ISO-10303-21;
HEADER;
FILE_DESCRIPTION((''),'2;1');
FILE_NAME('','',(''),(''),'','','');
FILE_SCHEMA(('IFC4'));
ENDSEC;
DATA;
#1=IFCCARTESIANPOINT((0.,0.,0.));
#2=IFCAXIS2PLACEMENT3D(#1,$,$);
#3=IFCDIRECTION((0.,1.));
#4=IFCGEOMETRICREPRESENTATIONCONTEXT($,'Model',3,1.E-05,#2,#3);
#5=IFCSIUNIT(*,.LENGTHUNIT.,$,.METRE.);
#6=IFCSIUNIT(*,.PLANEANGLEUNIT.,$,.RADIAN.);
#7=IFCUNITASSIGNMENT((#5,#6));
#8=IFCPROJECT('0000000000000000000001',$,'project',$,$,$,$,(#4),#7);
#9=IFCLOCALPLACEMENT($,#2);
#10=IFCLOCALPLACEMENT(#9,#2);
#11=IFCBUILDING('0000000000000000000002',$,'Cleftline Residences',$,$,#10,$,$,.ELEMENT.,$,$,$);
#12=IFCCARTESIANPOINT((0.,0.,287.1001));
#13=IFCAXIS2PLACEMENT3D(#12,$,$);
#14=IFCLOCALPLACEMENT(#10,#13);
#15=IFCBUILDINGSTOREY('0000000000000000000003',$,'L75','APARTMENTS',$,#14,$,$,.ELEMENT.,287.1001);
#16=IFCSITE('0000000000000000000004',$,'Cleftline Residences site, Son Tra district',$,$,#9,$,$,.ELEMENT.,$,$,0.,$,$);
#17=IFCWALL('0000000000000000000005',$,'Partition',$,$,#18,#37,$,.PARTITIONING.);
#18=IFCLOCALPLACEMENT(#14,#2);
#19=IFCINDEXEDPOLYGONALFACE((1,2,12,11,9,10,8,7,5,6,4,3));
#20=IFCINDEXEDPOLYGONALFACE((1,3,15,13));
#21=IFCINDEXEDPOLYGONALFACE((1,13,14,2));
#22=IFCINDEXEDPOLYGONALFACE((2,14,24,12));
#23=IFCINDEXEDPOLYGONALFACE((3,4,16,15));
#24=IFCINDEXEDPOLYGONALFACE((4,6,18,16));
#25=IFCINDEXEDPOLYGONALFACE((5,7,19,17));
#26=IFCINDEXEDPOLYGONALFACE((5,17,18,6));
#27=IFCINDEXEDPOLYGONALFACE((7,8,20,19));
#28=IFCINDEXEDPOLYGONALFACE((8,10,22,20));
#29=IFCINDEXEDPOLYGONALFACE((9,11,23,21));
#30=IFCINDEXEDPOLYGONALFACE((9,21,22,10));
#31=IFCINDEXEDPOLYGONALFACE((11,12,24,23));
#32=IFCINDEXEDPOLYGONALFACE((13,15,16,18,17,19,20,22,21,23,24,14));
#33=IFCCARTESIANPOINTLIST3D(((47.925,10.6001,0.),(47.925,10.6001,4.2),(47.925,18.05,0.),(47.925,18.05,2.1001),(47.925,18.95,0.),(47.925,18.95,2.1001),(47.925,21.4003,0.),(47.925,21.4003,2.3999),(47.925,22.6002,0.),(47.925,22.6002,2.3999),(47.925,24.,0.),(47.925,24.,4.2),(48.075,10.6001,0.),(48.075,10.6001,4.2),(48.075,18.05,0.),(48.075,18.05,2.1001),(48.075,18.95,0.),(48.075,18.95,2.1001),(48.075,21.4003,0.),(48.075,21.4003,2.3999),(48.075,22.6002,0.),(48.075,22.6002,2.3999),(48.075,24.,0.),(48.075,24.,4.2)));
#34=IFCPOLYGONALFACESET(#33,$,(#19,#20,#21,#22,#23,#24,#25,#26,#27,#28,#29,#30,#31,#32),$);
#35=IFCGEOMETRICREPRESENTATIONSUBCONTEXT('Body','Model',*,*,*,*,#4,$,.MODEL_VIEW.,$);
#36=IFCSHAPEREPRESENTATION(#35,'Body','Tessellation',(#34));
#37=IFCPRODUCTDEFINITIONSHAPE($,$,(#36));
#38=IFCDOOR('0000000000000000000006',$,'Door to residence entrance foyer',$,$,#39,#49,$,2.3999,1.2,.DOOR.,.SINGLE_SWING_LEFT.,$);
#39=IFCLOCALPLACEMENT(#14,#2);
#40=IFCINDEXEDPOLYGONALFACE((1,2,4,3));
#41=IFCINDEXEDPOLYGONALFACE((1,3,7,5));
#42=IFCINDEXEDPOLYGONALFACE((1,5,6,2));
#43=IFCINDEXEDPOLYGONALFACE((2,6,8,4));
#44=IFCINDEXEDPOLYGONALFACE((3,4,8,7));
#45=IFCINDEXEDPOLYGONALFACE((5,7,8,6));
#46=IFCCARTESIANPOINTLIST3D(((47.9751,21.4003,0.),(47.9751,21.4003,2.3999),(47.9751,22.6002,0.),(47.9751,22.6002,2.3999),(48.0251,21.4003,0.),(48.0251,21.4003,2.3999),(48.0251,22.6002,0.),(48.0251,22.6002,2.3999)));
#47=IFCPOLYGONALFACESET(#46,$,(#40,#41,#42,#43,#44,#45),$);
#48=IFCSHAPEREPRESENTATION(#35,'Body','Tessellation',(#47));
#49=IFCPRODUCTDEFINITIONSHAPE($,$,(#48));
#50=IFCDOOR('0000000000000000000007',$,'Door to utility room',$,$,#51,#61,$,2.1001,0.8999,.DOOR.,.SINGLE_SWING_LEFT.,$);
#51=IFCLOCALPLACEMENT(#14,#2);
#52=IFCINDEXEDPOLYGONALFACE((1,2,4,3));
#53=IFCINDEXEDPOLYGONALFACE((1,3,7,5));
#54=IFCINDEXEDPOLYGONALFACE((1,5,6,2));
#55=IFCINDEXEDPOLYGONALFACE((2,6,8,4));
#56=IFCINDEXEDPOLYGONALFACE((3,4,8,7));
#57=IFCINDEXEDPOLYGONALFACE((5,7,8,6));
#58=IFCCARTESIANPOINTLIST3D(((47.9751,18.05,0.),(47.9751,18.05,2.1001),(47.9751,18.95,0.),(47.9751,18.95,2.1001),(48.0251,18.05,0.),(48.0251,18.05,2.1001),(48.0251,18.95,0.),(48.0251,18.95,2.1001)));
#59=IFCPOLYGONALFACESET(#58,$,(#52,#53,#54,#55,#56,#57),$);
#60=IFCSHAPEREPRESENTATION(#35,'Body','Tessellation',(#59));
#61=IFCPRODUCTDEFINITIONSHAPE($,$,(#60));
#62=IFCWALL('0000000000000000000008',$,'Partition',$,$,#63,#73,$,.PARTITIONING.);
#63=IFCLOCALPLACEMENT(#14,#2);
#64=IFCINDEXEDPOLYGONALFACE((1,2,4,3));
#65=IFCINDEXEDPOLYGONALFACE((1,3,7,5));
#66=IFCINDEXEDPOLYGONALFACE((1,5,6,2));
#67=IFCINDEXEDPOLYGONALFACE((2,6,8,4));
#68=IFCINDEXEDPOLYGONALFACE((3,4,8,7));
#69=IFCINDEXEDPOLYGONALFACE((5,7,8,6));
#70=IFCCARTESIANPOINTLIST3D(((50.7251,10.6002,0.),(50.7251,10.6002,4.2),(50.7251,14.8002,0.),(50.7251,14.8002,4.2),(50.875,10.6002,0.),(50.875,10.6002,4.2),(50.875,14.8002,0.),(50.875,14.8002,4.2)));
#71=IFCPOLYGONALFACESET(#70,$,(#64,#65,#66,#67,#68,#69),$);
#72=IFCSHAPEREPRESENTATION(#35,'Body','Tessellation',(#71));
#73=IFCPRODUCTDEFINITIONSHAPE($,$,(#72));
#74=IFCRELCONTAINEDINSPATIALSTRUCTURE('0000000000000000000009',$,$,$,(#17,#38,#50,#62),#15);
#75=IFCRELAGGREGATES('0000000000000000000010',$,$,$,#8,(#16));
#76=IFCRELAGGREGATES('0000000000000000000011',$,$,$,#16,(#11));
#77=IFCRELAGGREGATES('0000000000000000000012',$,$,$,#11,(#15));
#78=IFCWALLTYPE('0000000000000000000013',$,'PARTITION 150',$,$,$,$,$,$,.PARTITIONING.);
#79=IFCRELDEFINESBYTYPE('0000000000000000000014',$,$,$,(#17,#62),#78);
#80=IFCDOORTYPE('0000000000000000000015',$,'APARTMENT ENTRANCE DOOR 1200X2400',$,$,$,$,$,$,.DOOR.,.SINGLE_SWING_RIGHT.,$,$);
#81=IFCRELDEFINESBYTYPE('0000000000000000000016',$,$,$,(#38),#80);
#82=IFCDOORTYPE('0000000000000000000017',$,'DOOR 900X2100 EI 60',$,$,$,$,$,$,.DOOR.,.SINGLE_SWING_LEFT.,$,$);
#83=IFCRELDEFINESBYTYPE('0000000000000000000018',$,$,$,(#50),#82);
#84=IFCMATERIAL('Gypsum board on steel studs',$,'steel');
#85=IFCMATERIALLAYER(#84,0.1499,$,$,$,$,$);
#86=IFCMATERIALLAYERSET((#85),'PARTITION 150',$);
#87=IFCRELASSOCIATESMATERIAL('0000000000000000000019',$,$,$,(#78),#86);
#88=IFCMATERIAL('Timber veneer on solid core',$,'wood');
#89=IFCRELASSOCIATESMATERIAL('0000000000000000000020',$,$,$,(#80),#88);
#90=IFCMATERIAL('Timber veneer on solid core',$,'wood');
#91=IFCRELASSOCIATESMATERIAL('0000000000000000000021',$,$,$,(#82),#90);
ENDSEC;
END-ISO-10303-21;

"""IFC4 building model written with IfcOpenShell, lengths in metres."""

from ifc_helpers import new_model, si_unit, direction, frame, frame_2d, origin, place, context, subcontext, project, spatial, rectangle, extrude, material, layer, layer_set, type_object, element, fill, save


model = new_model("IFC4")

# Units and contexts
model_context = context("Model", 3, precision=1e-05, world=origin(), true_north=direction((0.0, 1.0)))
body_context = subcontext(model_context, "Body", "Model", "MODEL_VIEW")
ifc_project = project(units=[si_unit("LENGTHUNIT", "METRE"), si_unit("PLANEANGLEUNIT", "RADIAN")], contexts=[model_context])

# Site, building, storey
site_placement = place(None, origin())
site = spatial("IfcSite", under=ifc_project, at=site_placement, Name="Cleftline Residences site, Son Tra district", CompositionType="ELEMENT", RefElevation=0.0)
building_placement = place(site_placement, origin())
building = spatial("IfcBuilding", under=site, at=building_placement, Name="Cleftline Residences", CompositionType="ELEMENT")
storey_placement = place(building_placement, frame((0.0, 0.0, 287.1001)))
storey = spatial("IfcBuildingStorey", under=building, at=storey_placement, Name="L75", Description="APARTMENTS", CompositionType="ELEMENT", Elevation=287.1001)

# Shared definitions
ifc_material_1 = material(Name="Gypsum board on steel studs", Category="steel")
ifc_layer_1 = layer(ifc_material_1, 0.1499)
ifc_layer_set_1 = layer_set([ifc_layer_1], Name="PARTITION 150")
wall_type_1 = type_object("IfcWallType", Name="PARTITION 150", PredefinedType="PARTITIONING", material=ifc_layer_set_1)

# Wall, openings, doors
wall_1_placement = place(storey_placement, frame((48.0, 10.6001, 0.0), z_axis=(0.0, 0.0, 1.0), x_axis=(0.0, 1.0, 0.0)))
wall_1 = element("IfcWall", 1, at=wall_1_placement, inside=storey, type_object=wall_type_1, Name="Partition", PredefinedType="PARTITIONING", context=body_context, shape_type="SweptSolid", body=[
    extrude(rectangle(XDim=13.3999, YDim=0.1499, at=frame_2d((6.7, 0.0))), origin(), (0.0, 0.0, 1.0), 4.2),
])
opening_1_placement = place(wall_1_placement, frame((10.8, 0.0, 0.0)))
opening_1 = element("IfcOpeningElement", 2, at=opening_1_placement, cuts=wall_1, PredefinedType="OPENING", context=body_context, shape_type="SweptSolid", body=[
    extrude(rectangle(XDim=1.2, YDim=2.3999, at=frame_2d((0.6001, 1.2))), frame((0.0, 0.085, 0.0), z_axis=(0.0, -1.0, 0.0), x_axis=(1.0, 0.0, 0.0)), (0.0, 0.0, 1.0), 0.1699),
])
opening_2_placement = place(wall_1_placement, frame((7.45, 0.0, 0.0)))
opening_2 = element("IfcOpeningElement", 3, at=opening_2_placement, cuts=wall_1, PredefinedType="OPENING", context=body_context, shape_type="SweptSolid", body=[
    extrude(rectangle(XDim=0.8999, YDim=2.1001, at=frame_2d((0.45, 1.05))), frame((0.0, 0.085, 0.0), z_axis=(0.0, -1.0, 0.0), x_axis=(1.0, 0.0, 0.0)), (0.0, 0.0, 1.0), 0.1699),
])
ifc_material_2 = material(Name="Timber veneer on solid core", Category="wood")
door_type_1 = type_object("IfcDoorType", Name="APARTMENT ENTRANCE DOOR 1200X2400", OperationType="SINGLE_SWING_RIGHT", PredefinedType="DOOR", material=ifc_material_2)
door_1_placement = place(opening_1_placement, origin())
door_1 = element("IfcDoor", 4, at=door_1_placement, inside=storey, type_object=door_type_1, Name="Door to residence entrance foyer", OperationType="SINGLE_SWING_LEFT", OverallHeight=2.3999, OverallWidth=1.2, PredefinedType="DOOR", context=body_context, shape_type="SweptSolid", body=[
    extrude(rectangle(XDim=1.2, YDim=2.3999, at=frame_2d((0.6001, 1.2))), frame((0.0, 0.0249, 0.0), z_axis=(0.0, -1.0, 0.0), x_axis=(1.0, 0.0, 0.0)), (0.0, 0.0, 1.0), 0.05),
])
fill(opening_1, door_1)
ifc_material_3 = material(Name="Timber veneer on solid core", Category="wood")
door_type_2 = type_object("IfcDoorType", Name="DOOR 900X2100 EI 60", OperationType="SINGLE_SWING_LEFT", PredefinedType="DOOR", material=ifc_material_3)
door_2_placement = place(opening_2_placement, origin())
door_2 = element("IfcDoor", 5, at=door_2_placement, inside=storey, type_object=door_type_2, Name="Door to utility room", OperationType="SINGLE_SWING_LEFT", OverallHeight=2.1001, OverallWidth=0.8999, PredefinedType="DOOR", context=body_context, shape_type="SweptSolid", body=[
    extrude(rectangle(XDim=0.8999, YDim=2.1001, at=frame_2d((0.45, 1.05))), frame((0.0, 0.0249, 0.0), z_axis=(0.0, -1.0, 0.0), x_axis=(1.0, 0.0, 0.0)), (0.0, 0.0, 1.0), 0.05),
])
fill(opening_2, door_2)

# Wall
wall_2_placement = place(storey_placement, frame((50.8, 10.6001, 0.0), z_axis=(0.0, 0.0, 1.0), x_axis=(0.0, 1.0, 0.0)))
element("IfcWall", 6, at=wall_2_placement, inside=storey, type_object=wall_type_1, Name="Partition", PredefinedType="PARTITIONING", context=body_context, shape_type="SweptSolid", body=[
    extrude(rectangle(XDim=4.2, YDim=0.1499, at=frame_2d((2.1001, 0.0))), origin(), (0.0, 0.0, 1.0), 4.2),
])

save(model, "model.ifc")
